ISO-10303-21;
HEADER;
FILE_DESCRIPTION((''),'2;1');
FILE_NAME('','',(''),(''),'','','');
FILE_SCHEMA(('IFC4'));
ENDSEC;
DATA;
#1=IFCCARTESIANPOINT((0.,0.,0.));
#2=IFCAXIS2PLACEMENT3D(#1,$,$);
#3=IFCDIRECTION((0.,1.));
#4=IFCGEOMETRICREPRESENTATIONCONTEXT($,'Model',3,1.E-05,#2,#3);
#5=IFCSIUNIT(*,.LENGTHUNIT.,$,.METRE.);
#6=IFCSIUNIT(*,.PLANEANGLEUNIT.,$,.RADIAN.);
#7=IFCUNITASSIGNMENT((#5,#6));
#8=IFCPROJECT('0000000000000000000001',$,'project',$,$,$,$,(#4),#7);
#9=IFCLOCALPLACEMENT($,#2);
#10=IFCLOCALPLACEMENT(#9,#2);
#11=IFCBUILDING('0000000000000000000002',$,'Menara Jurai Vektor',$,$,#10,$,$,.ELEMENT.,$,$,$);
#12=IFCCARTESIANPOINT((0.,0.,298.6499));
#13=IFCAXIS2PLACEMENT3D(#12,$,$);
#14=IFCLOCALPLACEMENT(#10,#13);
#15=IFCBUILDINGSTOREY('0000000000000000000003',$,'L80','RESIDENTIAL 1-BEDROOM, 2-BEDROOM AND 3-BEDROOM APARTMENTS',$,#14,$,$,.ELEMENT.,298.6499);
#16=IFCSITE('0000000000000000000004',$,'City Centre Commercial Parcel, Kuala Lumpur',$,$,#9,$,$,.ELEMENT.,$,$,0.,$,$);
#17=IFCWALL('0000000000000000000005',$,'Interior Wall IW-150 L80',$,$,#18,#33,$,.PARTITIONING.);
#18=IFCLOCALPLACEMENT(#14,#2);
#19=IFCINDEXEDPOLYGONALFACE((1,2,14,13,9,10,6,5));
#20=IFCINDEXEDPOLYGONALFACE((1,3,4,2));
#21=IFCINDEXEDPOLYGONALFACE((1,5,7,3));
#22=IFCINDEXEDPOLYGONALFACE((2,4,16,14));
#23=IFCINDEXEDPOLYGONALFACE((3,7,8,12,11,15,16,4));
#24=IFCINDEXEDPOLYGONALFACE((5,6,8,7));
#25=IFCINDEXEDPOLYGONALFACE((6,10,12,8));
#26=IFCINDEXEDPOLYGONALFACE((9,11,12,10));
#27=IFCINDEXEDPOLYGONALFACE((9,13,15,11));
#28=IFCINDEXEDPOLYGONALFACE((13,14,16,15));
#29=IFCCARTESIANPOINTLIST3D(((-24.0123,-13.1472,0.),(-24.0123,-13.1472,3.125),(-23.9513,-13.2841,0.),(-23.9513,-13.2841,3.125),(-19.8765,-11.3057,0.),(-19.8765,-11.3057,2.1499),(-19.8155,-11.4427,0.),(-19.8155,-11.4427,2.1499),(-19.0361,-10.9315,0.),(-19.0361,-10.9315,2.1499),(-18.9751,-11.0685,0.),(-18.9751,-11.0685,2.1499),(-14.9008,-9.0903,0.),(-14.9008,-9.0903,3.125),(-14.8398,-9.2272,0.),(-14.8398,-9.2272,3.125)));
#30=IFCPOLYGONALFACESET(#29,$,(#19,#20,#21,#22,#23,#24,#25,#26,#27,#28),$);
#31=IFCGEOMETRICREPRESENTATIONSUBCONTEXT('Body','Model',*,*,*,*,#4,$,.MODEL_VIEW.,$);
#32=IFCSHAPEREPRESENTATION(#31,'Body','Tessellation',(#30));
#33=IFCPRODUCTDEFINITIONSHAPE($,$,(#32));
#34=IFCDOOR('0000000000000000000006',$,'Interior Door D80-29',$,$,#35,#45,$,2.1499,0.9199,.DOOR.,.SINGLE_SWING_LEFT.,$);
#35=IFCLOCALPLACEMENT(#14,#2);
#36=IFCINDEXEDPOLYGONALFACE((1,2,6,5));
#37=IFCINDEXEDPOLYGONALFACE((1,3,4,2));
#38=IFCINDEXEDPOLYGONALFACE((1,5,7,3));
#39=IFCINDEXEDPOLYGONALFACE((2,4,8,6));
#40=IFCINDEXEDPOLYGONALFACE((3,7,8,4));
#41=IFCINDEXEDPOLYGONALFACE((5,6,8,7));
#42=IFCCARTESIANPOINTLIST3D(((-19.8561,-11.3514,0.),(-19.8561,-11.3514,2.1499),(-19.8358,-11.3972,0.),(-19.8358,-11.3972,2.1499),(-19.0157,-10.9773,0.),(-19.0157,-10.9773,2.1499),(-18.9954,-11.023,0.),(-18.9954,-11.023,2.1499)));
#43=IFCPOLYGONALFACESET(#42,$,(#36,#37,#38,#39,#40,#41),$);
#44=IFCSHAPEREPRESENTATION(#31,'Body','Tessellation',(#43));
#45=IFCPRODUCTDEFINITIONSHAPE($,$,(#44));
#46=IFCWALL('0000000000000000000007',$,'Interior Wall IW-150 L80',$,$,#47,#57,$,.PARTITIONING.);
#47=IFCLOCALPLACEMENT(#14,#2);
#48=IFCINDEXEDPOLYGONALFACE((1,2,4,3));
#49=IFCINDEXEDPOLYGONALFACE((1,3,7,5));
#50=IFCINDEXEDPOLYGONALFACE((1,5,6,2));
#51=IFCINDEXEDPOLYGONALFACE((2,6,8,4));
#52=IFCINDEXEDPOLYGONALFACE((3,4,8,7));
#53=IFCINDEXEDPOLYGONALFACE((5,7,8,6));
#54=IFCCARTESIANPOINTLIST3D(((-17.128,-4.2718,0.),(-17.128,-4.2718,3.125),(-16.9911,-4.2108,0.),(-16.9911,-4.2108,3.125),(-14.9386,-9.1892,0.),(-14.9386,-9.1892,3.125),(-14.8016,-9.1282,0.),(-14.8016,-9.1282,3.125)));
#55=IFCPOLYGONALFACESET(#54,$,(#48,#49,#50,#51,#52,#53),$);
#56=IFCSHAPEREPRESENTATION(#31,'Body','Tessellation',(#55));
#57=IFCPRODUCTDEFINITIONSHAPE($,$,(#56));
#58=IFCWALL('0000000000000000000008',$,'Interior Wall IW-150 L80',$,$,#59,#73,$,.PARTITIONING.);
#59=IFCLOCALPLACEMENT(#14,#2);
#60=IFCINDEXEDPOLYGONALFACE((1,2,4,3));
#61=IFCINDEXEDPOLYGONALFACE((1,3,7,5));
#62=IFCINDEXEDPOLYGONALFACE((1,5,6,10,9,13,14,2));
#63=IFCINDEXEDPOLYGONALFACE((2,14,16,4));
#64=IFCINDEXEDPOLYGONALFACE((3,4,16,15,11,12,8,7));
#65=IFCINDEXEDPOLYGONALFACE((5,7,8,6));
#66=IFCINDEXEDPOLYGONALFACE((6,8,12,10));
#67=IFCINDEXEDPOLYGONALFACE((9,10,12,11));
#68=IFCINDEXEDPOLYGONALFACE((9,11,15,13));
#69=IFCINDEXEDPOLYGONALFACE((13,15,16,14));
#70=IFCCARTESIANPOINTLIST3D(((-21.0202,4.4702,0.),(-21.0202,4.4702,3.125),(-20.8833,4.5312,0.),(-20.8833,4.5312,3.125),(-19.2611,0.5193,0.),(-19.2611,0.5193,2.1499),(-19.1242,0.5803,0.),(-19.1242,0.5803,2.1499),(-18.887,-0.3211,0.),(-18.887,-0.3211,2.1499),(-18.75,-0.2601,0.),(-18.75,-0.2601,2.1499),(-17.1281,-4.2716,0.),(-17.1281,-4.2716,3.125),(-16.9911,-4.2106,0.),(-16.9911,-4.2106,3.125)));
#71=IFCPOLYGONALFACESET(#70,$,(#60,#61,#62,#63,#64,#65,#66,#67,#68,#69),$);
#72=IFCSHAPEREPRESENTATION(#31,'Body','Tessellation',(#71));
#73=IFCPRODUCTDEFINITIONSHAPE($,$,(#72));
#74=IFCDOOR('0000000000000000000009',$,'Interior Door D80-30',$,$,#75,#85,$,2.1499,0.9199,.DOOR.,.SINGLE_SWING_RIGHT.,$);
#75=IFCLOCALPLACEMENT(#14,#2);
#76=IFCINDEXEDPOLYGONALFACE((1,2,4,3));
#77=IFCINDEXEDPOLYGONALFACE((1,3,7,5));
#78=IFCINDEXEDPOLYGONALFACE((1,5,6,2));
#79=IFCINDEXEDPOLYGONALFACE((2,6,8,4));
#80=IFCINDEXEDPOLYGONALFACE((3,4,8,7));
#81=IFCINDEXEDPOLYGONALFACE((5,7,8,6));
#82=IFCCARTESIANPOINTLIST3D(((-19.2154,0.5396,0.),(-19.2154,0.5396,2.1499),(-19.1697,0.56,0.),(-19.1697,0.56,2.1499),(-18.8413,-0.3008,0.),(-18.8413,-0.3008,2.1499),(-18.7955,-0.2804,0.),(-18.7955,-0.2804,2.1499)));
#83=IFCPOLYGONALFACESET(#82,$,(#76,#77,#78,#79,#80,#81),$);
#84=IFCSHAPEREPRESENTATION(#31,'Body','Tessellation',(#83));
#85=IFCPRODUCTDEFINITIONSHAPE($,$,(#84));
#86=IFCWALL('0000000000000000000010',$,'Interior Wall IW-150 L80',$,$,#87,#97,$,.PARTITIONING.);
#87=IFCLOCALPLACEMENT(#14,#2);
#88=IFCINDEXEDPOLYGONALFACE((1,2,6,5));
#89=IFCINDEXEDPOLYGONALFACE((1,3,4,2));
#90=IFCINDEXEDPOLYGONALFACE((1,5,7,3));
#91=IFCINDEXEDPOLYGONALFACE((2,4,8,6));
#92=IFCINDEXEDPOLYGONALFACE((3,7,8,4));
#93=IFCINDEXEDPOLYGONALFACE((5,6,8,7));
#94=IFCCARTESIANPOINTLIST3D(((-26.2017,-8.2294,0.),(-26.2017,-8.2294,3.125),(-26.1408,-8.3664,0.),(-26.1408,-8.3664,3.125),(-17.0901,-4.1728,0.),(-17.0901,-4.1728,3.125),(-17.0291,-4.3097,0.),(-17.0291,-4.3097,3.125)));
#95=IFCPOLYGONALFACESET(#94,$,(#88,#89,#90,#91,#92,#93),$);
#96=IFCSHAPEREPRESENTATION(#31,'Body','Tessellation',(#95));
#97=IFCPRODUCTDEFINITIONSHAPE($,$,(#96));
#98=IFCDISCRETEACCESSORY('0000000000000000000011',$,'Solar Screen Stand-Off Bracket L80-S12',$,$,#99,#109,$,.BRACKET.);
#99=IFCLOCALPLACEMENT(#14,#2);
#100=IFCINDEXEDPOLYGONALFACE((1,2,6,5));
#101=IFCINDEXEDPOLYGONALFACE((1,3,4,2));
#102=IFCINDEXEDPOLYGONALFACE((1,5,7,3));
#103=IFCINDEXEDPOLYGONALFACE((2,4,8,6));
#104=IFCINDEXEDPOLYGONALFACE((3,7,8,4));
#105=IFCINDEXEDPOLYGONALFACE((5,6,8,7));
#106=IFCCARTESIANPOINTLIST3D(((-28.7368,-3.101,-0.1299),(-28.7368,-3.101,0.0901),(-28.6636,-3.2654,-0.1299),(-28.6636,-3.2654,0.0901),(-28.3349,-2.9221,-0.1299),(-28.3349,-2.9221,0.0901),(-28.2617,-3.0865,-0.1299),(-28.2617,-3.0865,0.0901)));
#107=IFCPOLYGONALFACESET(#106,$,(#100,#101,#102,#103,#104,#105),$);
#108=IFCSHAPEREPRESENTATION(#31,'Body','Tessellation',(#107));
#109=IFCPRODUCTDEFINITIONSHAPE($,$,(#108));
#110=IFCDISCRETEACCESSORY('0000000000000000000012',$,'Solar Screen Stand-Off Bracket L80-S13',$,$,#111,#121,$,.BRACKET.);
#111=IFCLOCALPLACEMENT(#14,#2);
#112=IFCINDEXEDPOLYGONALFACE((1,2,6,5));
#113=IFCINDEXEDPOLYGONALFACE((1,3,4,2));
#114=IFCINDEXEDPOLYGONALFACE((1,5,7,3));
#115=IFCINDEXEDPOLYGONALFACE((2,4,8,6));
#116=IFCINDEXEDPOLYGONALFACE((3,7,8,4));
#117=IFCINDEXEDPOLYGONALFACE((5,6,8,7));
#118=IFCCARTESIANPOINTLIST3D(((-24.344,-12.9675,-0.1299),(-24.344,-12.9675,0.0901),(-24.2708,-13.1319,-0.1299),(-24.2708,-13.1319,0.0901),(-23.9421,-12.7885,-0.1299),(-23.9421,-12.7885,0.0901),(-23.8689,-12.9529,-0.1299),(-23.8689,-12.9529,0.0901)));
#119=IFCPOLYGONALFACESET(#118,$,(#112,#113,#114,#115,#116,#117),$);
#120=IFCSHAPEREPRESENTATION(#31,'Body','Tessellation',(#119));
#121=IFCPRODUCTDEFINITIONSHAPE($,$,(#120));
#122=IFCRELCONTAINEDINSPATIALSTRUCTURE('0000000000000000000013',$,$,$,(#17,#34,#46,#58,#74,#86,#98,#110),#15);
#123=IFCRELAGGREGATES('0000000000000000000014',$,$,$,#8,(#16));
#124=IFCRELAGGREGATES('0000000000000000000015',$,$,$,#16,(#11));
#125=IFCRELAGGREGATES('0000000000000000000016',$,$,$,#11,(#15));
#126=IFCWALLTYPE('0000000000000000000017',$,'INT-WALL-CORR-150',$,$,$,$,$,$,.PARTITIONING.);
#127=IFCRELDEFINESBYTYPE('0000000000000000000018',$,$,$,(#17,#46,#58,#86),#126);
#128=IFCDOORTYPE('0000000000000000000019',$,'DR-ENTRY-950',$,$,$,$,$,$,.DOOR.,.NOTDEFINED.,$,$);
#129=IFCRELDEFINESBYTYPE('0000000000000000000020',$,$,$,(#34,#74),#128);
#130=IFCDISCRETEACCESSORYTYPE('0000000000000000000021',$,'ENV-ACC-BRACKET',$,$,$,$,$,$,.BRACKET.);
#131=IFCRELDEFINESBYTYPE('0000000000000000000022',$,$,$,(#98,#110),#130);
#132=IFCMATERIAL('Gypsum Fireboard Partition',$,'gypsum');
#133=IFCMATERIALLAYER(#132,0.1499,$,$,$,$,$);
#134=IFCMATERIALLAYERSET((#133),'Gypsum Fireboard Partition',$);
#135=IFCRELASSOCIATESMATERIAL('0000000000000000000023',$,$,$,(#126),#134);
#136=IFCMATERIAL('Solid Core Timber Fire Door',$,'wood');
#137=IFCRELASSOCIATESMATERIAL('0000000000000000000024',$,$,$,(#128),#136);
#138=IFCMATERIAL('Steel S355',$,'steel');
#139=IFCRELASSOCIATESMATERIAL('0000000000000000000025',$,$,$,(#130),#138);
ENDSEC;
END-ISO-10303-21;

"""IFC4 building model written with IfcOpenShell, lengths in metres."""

from ifc_helpers import new_model, si_unit, direction, frame, frame_2d, origin, origin_2d, place, context, subcontext, project, spatial, rectangle, extrude, material, layer, layer_set, type_object, element, fill, save


model = new_model("IFC4")

# Units and contexts
model_context = context("Model", 3, precision=1e-05, world=origin(), true_north=direction((0.0, 1.0)))
body_context = subcontext(model_context, "Body", "Model", "MODEL_VIEW")
ifc_project = project(units=[si_unit("LENGTHUNIT", "METRE"), si_unit("PLANEANGLEUNIT", "RADIAN")], contexts=[model_context])

# Site, building, storey
site_placement = place(None, origin())
site = spatial("IfcSite", under=ifc_project, at=site_placement, Name="City Centre Commercial Parcel, Kuala Lumpur", CompositionType="ELEMENT", RefElevation=0.0)
building_placement = place(site_placement, origin())
building = spatial("IfcBuilding", under=site, at=building_placement, Name="Menara Jurai Vektor", CompositionType="ELEMENT")
storey_placement = place(building_placement, frame((0.0, 0.0, 298.6499)))
storey = spatial("IfcBuildingStorey", under=building, at=storey_placement, Name="L80", Description="RESIDENTIAL 1-BEDROOM, 2-BEDROOM AND 3-BEDROOM APARTMENTS", CompositionType="ELEMENT", Elevation=298.6499)

# Shared definitions
ifc_material_1 = material(Name="Steel S355", Category="steel")

# Shared definitions
ifc_material_2 = material(Name="Gypsum Fireboard Partition", Category="gypsum")
ifc_layer_1 = layer(ifc_material_2, 0.1499)
ifc_layer_set_1 = layer_set([ifc_layer_1], Name="Gypsum Fireboard Partition")
wall_type = type_object("IfcWallType", Name="INT-WALL-CORR-150", PredefinedType="PARTITIONING", material=ifc_layer_set_1)
ifc_material_3 = material(Name="Solid Core Timber Fire Door", Category="wood")
door_type = type_object("IfcDoorType", Name="DR-ENTRY-950", OperationType="NOTDEFINED", PredefinedType="DOOR", material=ifc_material_3)

# Wall, opening, door
wall_1_placement = place(storey_placement, frame((-23.9817, -13.2156, 0.0), z_axis=(0.0, 0.0, 1.0), x_axis=(0.91354, 0.406749, 0.0)))
wall_1 = element("IfcWall", 1, at=wall_1_placement, inside=storey, type_object=wall_type, Name="Interior Wall IW-150 L80", PredefinedType="PARTITIONING", context=body_context, shape_type="SweptSolid", body=[
    extrude(rectangle(XDim=9.9739, YDim=0.1499, at=frame_2d((4.9868, 0.0))), origin(), (0.0, 0.0, 1.0), 3.125),
])
opening_1_placement = place(wall_1_placement, frame((4.5271, 0.0, 0.0)))
opening_1 = element("IfcOpeningElement", 2, at=opening_1_placement, cuts=wall_1, PredefinedType="OPENING", context=body_context, shape_type="SweptSolid", body=[
    extrude(rectangle(XDim=0.9199, YDim=2.1499, at=frame_2d((0.46, 1.075))), frame((0.0, 0.085, 0.0), z_axis=(0.0, -1.0, 0.0), x_axis=(1.0, 0.0, 0.0)), (0.0, 0.0, 1.0), 0.1699),
])
door_1_placement = place(opening_1_placement, origin())
door_1 = element("IfcDoor", 3, at=door_1_placement, inside=storey, type_object=door_type, Name="Interior Door D80-29", OperationType="SINGLE_SWING_LEFT", OverallHeight=2.1499, OverallWidth=0.9199, PredefinedType="DOOR", context=body_context, shape_type="SweptSolid", body=[
    extrude(rectangle(XDim=0.9199, YDim=2.1499, at=frame_2d((0.46, 1.075))), frame((0.0, 0.0249, 0.0), z_axis=(0.0, -1.0, 0.0), x_axis=(1.0, 0.0, 0.0)), (0.0, 0.0, 1.0), 0.05),
])
fill(opening_1, door_1)

# Wall
wall_2_placement = place(storey_placement, frame((-14.8701, -9.1587, 0.0), z_axis=(0.0, 0.0, 1.0), x_axis=(-0.406744, 0.913542, 0.0)))
element("IfcWall", 4, at=wall_2_placement, inside=storey, type_object=wall_type, Name="Interior Wall IW-150 L80", PredefinedType="PARTITIONING", context=body_context, shape_type="SweptSolid", body=[
    extrude(rectangle(XDim=5.3828, YDim=0.1499, at=frame_2d((2.6914, 0.0))), origin(), (0.0, 0.0, 1.0), 3.125),
])

# Wall, opening, door
wall_3_placement = place(storey_placement, frame((-17.0596, -4.2412, 0.0), z_axis=(0.0, 0.0, 1.0), x_axis=(-0.40674, 0.913544, 0.0)))
wall_3 = element("IfcWall", 5, at=wall_3_placement, inside=storey, type_object=wall_type, Name="Interior Wall IW-150 L80", PredefinedType="PARTITIONING", context=body_context, shape_type="SweptSolid", body=[
    extrude(rectangle(XDim=9.5691, YDim=0.1499, at=frame_2d((4.7847, 0.0))), origin(), (0.0, 0.0, 1.0), 3.125),
])
opening_2_placement = place(wall_3_placement, frame((4.3245, 0.0, 0.0)))
opening_2 = element("IfcOpeningElement", 6, at=opening_2_placement, cuts=wall_3, PredefinedType="OPENING", context=body_context, shape_type="SweptSolid", body=[
    extrude(rectangle(XDim=0.9199, YDim=2.1499, at=frame_2d((0.46, 1.075))), frame((0.0, 0.085, 0.0), z_axis=(0.0, -1.0, 0.0), x_axis=(1.0, 0.0, 0.0)), (0.0, 0.0, 1.0), 0.1699),
])
door_2_placement = place(opening_2_placement, origin())
door_2 = element("IfcDoor", 7, at=door_2_placement, inside=storey, type_object=door_type, Name="Interior Door D80-30", OperationType="SINGLE_SWING_RIGHT", OverallHeight=2.1499, OverallWidth=0.9199, PredefinedType="DOOR", context=body_context, shape_type="SweptSolid", body=[
    extrude(rectangle(XDim=0.9199, YDim=2.1499, at=frame_2d((0.46, 1.075))), frame((0.0, 0.0249, 0.0), z_axis=(0.0, -1.0, 0.0), x_axis=(1.0, 0.0, 0.0)), (0.0, 0.0, 1.0), 0.05),
])
fill(opening_2, door_2)

# Wall
wall_4_placement = place(storey_placement, frame((-26.1711, -8.2979, 0.0), z_axis=(0.0, 0.0, 1.0), x_axis=(0.913549, 0.406729, 0.0)))
element("IfcWall", 8, at=wall_4_placement, inside=storey, type_object=wall_type, Name="Interior Wall IW-150 L80", PredefinedType="PARTITIONING", context=body_context, shape_type="SweptSolid", body=[
    extrude(rectangle(XDim=9.9739, YDim=0.1499, at=frame_2d((4.9868, 0.0))), origin(), (0.0, 0.0, 1.0), 3.125),
])

# Discrete accessories
discrete_accessory_type = type_object("IfcDiscreteAccessoryType", Name="ENV-ACC-BRACKET", PredefinedType="BRACKET", material=ifc_material_1)
for number, where, z_axis, x_axis, name in (
    (9, (-28.4993, -3.0938, -0.1299), (0.0, 0.0, 1.0), (0.406737, -0.913545, 0.0), "Solar Screen Stand-Off Bracket L80-S12"),
    (10, (-24.1064, -12.9602, -0.1299), (0.0, 0.0, 1.0), (0.406737, -0.913545, 0.0), "Solar Screen Stand-Off Bracket L80-S13"),
):
    element("IfcDiscreteAccessory", number, at=place(storey_placement, frame(where, z_axis=z_axis, x_axis=x_axis)), inside=storey, type_object=discrete_accessory_type, Name=name, PredefinedType="BRACKET", context=body_context, shape_type="SweptSolid", body=[
        extrude(rectangle(XDim=0.1799, YDim=0.4399, at=origin_2d()), origin(), (0.0, 0.0, 1.0), 0.22),
    ])

save(model, "model.ifc")
